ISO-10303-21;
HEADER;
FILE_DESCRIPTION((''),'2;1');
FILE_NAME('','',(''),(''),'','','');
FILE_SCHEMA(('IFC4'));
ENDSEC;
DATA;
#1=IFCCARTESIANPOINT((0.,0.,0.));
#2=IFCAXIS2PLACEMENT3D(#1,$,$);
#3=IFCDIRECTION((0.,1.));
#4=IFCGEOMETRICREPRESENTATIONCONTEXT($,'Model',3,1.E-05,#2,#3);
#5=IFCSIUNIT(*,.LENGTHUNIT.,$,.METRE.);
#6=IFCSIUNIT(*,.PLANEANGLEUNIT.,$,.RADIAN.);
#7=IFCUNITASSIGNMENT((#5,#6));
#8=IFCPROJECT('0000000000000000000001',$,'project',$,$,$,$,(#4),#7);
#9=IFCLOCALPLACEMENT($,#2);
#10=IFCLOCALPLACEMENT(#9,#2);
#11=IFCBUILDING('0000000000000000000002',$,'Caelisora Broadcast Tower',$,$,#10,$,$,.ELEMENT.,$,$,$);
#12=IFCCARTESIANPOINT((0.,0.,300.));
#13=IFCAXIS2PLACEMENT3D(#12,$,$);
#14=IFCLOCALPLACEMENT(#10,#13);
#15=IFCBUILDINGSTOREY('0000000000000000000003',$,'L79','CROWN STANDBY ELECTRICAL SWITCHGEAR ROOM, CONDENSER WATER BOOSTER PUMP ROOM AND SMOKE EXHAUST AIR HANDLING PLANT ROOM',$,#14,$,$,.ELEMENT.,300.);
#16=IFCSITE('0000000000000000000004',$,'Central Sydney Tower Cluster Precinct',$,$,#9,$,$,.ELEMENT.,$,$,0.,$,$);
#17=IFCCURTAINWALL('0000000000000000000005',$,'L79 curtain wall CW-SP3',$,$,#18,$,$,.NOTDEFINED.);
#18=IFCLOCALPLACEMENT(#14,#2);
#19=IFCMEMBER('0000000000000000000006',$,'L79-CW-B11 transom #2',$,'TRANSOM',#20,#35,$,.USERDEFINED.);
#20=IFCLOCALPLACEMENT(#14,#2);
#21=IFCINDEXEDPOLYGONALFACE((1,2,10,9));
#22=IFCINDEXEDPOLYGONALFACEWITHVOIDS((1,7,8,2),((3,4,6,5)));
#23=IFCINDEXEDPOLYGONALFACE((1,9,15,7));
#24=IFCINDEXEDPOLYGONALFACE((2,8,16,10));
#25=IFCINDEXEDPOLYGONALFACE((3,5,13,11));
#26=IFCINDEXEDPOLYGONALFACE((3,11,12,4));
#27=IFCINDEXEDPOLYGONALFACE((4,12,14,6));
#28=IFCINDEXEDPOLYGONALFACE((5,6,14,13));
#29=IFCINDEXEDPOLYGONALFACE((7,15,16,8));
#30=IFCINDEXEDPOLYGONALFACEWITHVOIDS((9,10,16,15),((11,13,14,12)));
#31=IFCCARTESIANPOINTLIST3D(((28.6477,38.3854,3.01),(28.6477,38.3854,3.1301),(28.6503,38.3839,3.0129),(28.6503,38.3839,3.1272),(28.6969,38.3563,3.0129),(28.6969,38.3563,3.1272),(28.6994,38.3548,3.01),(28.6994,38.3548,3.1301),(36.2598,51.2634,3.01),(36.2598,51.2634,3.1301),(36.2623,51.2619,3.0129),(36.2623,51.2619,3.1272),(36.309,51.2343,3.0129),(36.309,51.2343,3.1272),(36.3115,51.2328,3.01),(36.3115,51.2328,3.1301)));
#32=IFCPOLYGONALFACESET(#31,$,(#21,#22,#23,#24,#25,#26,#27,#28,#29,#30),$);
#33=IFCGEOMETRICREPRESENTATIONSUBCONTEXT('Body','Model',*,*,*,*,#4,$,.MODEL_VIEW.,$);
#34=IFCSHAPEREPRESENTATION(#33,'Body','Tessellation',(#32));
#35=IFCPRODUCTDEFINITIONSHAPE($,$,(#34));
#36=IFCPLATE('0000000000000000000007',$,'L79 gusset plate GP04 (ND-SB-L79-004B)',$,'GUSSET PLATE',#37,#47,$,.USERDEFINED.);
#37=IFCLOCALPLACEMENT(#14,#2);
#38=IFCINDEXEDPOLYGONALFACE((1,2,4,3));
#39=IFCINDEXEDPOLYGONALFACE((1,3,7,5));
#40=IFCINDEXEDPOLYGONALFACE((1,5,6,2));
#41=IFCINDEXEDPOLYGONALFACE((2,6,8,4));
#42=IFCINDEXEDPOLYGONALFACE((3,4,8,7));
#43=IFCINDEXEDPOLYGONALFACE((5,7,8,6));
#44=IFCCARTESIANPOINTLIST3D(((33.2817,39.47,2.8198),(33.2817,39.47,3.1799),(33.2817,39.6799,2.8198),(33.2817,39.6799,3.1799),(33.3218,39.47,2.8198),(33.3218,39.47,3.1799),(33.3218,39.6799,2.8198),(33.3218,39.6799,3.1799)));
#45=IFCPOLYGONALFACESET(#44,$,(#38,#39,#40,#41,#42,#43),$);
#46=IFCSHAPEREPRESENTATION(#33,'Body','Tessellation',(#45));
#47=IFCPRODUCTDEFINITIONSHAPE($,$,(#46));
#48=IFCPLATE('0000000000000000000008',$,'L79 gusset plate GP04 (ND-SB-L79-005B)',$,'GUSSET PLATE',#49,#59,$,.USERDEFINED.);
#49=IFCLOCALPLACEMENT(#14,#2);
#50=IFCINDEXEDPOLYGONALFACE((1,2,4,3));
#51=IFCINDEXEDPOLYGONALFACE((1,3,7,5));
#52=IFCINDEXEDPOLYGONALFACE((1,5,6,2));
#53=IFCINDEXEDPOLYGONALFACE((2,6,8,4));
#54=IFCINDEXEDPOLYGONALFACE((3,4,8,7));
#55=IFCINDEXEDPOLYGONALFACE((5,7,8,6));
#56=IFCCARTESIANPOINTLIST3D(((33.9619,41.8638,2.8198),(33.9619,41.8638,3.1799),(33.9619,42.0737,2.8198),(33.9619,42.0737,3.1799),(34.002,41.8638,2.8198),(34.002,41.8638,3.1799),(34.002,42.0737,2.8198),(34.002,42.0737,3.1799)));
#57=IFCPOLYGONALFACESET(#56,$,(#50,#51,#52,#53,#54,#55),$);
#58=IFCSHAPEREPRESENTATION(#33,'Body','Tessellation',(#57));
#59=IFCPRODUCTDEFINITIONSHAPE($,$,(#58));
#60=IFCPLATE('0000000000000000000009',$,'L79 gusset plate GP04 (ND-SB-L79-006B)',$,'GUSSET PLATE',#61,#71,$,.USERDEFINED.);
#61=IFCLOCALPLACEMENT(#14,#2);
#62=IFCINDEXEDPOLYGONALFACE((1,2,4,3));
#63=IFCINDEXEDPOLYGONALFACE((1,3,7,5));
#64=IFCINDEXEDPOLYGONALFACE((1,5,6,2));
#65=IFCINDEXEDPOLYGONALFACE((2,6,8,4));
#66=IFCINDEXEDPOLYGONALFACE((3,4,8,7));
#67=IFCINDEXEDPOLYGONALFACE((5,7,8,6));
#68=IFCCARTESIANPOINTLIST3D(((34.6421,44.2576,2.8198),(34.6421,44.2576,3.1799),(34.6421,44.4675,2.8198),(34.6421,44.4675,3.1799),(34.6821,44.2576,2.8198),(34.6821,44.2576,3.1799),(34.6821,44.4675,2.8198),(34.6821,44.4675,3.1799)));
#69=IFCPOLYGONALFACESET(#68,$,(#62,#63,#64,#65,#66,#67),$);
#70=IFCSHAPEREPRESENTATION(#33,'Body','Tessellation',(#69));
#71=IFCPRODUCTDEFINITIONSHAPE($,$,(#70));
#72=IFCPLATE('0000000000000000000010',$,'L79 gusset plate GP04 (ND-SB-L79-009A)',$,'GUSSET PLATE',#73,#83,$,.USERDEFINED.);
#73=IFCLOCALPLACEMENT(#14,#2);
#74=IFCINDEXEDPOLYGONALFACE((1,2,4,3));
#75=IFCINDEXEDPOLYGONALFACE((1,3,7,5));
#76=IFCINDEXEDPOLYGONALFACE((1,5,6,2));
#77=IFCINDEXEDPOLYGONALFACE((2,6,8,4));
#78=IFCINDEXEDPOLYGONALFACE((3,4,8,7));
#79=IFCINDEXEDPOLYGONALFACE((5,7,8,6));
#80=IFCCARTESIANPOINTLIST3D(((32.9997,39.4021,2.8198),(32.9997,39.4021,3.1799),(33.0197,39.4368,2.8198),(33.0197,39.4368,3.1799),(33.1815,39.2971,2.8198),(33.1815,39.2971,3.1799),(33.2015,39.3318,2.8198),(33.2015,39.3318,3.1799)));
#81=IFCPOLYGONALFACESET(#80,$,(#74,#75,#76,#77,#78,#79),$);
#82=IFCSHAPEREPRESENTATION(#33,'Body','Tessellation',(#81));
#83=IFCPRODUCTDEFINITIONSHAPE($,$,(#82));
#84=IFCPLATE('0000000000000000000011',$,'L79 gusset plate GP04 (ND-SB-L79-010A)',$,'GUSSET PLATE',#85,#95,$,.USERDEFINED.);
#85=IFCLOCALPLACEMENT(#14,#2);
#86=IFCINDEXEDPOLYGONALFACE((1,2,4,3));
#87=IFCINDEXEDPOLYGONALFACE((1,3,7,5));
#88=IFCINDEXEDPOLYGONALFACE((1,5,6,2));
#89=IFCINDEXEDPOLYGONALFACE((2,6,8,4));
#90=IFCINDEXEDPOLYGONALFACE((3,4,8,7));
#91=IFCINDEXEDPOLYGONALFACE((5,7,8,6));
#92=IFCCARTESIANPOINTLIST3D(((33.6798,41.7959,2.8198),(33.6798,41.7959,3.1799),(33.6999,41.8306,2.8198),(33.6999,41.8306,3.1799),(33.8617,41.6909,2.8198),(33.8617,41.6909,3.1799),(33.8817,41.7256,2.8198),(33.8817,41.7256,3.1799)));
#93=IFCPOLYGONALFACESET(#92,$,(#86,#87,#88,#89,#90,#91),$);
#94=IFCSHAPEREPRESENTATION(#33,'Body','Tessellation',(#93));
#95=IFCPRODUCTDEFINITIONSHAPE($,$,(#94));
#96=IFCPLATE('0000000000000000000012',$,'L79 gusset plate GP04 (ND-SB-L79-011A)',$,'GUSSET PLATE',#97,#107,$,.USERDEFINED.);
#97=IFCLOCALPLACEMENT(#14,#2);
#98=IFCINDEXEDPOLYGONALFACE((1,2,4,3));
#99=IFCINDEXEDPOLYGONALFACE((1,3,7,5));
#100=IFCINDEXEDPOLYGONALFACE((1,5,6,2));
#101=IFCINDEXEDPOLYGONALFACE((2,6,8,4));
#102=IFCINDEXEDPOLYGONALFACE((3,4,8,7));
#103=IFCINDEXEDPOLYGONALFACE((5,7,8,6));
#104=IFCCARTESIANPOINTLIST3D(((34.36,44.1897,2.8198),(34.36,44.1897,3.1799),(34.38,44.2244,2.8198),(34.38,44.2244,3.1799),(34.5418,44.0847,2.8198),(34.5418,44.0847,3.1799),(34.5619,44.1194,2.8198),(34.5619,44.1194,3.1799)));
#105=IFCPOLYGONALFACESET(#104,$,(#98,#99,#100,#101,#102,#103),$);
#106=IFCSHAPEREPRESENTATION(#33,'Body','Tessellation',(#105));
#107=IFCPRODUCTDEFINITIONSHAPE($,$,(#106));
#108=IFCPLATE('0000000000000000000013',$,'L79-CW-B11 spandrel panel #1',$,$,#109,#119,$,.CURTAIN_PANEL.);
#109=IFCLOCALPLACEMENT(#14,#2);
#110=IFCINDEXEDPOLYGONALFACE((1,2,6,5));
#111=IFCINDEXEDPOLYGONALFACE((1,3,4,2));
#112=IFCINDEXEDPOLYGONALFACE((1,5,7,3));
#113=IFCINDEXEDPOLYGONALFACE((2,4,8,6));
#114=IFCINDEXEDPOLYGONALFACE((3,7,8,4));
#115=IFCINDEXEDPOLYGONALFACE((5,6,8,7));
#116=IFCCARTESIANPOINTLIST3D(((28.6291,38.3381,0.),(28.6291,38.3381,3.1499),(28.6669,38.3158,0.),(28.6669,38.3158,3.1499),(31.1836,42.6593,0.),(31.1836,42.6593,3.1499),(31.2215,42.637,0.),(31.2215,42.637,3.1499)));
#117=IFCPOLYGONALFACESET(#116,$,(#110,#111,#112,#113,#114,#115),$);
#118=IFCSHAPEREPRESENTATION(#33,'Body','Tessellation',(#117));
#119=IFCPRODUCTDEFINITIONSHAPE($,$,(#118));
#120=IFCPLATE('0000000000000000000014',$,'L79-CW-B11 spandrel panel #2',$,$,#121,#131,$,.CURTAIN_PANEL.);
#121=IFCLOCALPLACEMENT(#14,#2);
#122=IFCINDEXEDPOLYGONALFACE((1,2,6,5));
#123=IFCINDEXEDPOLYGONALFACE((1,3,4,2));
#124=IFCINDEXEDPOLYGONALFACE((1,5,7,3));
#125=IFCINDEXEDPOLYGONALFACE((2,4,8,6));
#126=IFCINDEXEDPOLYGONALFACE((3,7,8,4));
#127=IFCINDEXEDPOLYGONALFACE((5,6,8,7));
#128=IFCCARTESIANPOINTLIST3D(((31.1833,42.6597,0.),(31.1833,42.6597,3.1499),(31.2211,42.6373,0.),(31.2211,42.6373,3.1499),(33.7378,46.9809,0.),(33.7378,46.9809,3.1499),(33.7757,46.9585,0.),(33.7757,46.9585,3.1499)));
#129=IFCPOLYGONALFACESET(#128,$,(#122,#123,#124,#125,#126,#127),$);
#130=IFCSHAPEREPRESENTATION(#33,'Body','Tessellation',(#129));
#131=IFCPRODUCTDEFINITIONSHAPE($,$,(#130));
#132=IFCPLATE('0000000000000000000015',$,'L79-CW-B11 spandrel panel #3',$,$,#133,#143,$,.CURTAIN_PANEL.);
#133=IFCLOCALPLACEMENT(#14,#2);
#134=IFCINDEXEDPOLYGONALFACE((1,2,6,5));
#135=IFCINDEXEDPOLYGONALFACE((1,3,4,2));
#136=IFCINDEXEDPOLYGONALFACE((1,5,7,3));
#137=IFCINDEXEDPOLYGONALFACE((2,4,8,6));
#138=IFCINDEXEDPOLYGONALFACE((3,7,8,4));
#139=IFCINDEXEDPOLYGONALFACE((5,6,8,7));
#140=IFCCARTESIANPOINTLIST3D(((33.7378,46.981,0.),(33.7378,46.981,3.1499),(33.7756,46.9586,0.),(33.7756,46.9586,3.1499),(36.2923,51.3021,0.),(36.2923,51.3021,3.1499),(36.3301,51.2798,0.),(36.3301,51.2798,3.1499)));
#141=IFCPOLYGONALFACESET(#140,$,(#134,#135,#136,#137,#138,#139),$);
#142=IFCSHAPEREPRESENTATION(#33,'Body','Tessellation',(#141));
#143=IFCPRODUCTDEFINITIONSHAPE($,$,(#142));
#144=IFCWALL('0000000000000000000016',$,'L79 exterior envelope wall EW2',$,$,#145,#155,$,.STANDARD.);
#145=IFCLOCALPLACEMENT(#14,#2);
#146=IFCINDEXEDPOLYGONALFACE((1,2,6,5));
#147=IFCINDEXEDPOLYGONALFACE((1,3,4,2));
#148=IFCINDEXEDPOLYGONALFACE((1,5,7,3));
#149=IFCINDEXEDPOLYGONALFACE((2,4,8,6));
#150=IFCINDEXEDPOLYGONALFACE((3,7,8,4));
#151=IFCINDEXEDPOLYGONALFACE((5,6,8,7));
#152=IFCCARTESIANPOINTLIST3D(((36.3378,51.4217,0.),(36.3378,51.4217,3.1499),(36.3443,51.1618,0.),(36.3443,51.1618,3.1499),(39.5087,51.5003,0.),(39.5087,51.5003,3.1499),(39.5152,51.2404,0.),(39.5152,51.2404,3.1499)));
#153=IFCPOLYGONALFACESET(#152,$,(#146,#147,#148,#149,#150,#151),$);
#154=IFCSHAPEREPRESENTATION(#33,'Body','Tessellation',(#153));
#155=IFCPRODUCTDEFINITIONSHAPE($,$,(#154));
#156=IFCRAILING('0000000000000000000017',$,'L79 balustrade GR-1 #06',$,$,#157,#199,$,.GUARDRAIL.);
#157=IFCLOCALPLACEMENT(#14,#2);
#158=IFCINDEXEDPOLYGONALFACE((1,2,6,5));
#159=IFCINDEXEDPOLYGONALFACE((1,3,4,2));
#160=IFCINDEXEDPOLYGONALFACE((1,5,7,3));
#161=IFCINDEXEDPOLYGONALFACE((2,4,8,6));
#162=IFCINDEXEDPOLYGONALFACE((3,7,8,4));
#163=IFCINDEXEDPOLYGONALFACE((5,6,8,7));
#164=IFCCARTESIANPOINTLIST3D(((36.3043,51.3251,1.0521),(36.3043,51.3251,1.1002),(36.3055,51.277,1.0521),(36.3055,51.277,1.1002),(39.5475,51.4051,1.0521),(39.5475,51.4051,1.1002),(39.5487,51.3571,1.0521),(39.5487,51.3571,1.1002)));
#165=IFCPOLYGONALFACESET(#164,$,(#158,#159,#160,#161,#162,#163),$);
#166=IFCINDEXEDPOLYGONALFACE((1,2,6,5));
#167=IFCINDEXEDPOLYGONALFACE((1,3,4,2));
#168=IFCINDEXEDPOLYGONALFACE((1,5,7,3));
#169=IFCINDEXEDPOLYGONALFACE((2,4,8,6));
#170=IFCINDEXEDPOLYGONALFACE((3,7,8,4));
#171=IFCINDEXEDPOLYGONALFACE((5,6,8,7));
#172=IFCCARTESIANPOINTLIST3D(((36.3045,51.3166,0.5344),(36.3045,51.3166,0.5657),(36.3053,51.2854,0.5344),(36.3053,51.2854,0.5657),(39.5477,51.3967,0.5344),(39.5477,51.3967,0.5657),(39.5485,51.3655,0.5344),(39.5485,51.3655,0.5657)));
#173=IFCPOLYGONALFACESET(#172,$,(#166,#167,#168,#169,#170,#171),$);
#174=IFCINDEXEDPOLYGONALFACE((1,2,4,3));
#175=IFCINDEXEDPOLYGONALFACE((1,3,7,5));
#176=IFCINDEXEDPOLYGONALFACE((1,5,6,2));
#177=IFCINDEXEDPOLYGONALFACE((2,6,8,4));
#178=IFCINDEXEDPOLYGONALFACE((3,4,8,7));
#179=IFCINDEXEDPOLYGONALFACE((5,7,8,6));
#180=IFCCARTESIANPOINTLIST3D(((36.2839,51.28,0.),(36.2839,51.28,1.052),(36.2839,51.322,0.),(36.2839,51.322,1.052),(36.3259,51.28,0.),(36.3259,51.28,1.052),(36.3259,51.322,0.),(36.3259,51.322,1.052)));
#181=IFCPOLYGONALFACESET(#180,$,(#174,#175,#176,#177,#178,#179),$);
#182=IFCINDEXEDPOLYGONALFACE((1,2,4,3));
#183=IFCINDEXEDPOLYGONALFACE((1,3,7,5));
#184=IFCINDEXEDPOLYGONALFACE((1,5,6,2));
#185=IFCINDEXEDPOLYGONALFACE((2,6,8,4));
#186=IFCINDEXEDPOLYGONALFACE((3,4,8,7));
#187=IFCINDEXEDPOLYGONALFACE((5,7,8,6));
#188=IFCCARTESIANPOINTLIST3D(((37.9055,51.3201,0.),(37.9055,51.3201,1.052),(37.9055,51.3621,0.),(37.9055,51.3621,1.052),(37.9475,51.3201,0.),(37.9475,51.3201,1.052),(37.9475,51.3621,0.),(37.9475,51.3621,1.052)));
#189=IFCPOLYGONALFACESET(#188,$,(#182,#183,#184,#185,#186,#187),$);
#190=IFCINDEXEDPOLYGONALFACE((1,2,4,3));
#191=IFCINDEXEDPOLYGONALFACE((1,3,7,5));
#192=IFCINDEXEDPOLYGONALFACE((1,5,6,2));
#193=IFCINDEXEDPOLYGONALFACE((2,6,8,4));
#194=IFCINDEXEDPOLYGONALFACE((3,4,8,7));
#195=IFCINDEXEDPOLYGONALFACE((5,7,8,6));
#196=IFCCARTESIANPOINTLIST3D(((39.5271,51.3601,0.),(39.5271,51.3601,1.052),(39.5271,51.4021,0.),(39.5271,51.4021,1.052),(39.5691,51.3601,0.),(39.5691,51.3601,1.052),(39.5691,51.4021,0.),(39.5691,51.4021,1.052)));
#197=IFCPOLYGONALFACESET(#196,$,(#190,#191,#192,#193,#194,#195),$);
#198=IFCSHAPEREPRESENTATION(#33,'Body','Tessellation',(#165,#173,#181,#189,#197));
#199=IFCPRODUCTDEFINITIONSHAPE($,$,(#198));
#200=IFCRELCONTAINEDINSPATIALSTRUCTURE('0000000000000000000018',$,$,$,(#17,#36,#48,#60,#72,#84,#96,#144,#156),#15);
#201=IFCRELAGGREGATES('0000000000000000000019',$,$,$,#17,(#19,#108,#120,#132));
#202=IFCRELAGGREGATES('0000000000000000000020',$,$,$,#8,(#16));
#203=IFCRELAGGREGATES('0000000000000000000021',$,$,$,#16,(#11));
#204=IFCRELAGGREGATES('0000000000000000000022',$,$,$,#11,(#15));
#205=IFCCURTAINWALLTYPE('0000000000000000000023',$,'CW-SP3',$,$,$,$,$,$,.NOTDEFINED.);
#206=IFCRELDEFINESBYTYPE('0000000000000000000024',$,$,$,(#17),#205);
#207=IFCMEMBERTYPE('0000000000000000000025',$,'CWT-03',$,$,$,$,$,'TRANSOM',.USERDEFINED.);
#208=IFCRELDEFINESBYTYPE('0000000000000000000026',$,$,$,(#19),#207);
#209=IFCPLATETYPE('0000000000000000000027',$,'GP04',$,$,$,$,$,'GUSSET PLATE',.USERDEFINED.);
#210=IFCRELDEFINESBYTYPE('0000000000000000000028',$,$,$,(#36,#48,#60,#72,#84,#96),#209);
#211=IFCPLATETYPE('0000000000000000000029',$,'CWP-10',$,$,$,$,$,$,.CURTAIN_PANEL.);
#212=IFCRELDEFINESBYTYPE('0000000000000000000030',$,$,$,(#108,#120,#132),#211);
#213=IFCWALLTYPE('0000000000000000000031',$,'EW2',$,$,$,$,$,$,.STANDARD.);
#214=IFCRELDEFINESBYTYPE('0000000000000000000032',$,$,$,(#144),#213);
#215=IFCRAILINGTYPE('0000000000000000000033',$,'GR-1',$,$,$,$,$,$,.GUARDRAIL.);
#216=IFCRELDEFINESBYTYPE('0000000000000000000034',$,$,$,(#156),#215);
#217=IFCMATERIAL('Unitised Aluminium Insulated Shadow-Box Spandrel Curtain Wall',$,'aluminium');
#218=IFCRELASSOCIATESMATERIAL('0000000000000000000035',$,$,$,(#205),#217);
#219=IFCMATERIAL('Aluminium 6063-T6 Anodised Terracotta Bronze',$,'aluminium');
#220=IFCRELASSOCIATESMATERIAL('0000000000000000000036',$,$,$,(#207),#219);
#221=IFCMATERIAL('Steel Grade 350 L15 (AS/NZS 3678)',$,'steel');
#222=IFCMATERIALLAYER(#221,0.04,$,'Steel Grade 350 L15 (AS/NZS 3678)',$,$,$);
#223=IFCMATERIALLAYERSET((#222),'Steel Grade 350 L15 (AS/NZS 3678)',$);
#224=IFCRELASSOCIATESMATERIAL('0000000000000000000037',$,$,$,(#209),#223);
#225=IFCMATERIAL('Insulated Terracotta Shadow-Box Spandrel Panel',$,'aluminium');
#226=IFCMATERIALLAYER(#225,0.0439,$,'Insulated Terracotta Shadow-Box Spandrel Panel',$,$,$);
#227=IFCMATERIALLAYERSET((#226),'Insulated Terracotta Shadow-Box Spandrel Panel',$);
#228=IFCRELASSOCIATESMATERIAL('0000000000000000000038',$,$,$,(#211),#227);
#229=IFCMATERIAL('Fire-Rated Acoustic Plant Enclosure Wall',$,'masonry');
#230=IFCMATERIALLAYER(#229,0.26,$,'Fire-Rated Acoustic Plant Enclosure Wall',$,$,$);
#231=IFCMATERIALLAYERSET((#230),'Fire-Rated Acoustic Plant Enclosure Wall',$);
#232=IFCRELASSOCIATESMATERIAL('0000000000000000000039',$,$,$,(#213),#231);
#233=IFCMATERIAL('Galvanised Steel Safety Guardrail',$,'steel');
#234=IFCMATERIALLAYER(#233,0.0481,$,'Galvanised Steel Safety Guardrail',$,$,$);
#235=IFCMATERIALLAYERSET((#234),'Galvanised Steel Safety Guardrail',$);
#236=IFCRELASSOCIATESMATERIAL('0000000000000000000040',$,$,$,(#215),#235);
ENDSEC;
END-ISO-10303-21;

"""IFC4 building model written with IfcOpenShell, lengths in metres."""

from ifc_helpers import new_model, si_unit, direction, frame, frame_2d, origin, origin_2d, place, context, subcontext, project, spatial, rectangle, hollow_rectangle, extrude, source, transform, mapped, material, layer, layer_set, material_profile, profile_set, type_object, type_shapes, element, aggregate, save


model = new_model("IFC4")

# Units and contexts
model_context = context("Model", 3, precision=1e-05, world=origin(), true_north=direction((0.0, 1.0)))
body_context = subcontext(model_context, "Body", "Model", "MODEL_VIEW")
ifc_project = project(units=[si_unit("LENGTHUNIT", "METRE"), si_unit("PLANEANGLEUNIT", "RADIAN")], contexts=[model_context])

# Site, building, storey
site_placement = place(None, origin())
site = spatial("IfcSite", under=ifc_project, at=site_placement, Name="Central Sydney Tower Cluster Precinct", CompositionType="ELEMENT", RefElevation=0.0)
building_placement = place(site_placement, origin())
building = spatial("IfcBuilding", under=site, at=building_placement, Name="Caelisora Broadcast Tower", CompositionType="ELEMENT")
storey_placement = place(building_placement, frame((0.0, 0.0, 300.0)))
storey = spatial("IfcBuildingStorey", under=building, at=storey_placement, Name="L79", Description="CROWN STANDBY ELECTRICAL SWITCHGEAR ROOM, CONDENSER WATER BOOSTER PUMP ROOM AND SMOKE EXHAUST AIR HANDLING PLANT ROOM", CompositionType="ELEMENT", Elevation=300.0)

# Curtain wall, member
ifc_material_1 = material(Name="Unitised Aluminium Insulated Shadow-Box Spandrel Curtain Wall", Category="aluminium")
curtain_wall_type = type_object("IfcCurtainWallType", Name="CW-SP3", PredefinedType="NOTDEFINED", material=ifc_material_1)
curtain_wall_placement = place(storey_placement, origin())
curtain_wall = element("IfcCurtainWall", 1, at=curtain_wall_placement, inside=storey, type_object=curtain_wall_type, Name="L79 curtain wall CW-SP3", PredefinedType="NOTDEFINED")
ifc_material_2 = material(Name="Aluminium 6063-T6 Anodised Terracotta Bronze", Category="aluminium")
ifc_material_profile_1 = material_profile(ifc_material_2, hollow_rectangle(XDim=0.0601, YDim=0.1201, WallThickness=0.0029, at=origin_2d()), Name="Aluminium 6063-T6 Anodised Terracotta Bronze")
ifc_profile_set_1 = profile_set([ifc_material_profile_1], Name="Aluminium 6063-T6 Anodised Terracotta Bronze")
member_type_1 = type_object("IfcMemberType", Name="CWT-03", ElementType="TRANSOM", PredefinedType="USERDEFINED", material=ifc_profile_set_1)
shared_shape_1 = source(origin(), body_context, "Body", "SweptSolid", [
    extrude(hollow_rectangle(XDim=0.0601, YDim=0.1201, WallThickness=0.0029, at=origin_2d()), origin(), (0.0, 0.0, 1.0), 14.9595),
])
type_shapes(member_type_1, [shared_shape_1])
member_1_placement = place(storey_placement, frame((28.6736, 38.3701, 3.0701), z_axis=(0.508847, 0.860857, 0.0), x_axis=(-0.860857, 0.508847, 0.0)))
member_1 = element("IfcMember", 2, at=member_1_placement, type_object=member_type_1, Name="L79-CW-B11 transom #2", ObjectType="TRANSOM", PredefinedType="USERDEFINED", context=body_context, shape_type="MappedRepresentation", body=[
    mapped(shared_shape_1, transform((0.0, 0.0, 0.0), scale=1.0)),
])

# Plates
ifc_material_3 = material(Name="Steel Grade 350 L15 (AS/NZS 3678)", Category="steel")
ifc_layer_1 = layer(ifc_material_3, 0.04, Name="Steel Grade 350 L15 (AS/NZS 3678)")
ifc_layer_set_1 = layer_set([ifc_layer_1], Name="Steel Grade 350 L15 (AS/NZS 3678)")
plate_type_1 = type_object("IfcPlateType", Name="GP04", ElementType="GUSSET PLATE", PredefinedType="USERDEFINED", material=ifc_layer_set_1)
shared_shape_2 = source(origin(), body_context, "Body", "SweptSolid", [
    extrude(rectangle(XDim=0.21, YDim=0.04, at=origin_2d()), origin(), (0.0, 0.0, 1.0), 0.3601),
])
type_shapes(plate_type_1, [shared_shape_2])
for number, where, z_axis, x_axis, name in (
    (3, (33.3018, 39.575, 2.8198), (0.0, 0.0, 1.0), (0.0, -1.0, 0.0), "L79 gusset plate GP04 (ND-SB-L79-004B)"),
    (4, (33.9819, 41.9688, 2.8198), (0.0, 0.0, 1.0), (0.0, -1.0, 0.0), "L79 gusset plate GP04 (ND-SB-L79-005B)"),
    (5, (34.6621, 44.3625, 2.8198), (0.0, 0.0, 1.0), (0.0, -1.0, 0.0), "L79 gusset plate GP04 (ND-SB-L79-006B)"),
    (6, (33.1006, 39.3669, 2.8198), (0.0, 0.0, 1.0), (0.866025, -0.5, 0.0), "L79 gusset plate GP04 (ND-SB-L79-009A)"),
    (7, (33.7808, 41.7607, 2.8198), (0.0, 0.0, 1.0), (0.866025, -0.5, 0.0), "L79 gusset plate GP04 (ND-SB-L79-010A)"),
    (8, (34.4609, 44.1545, 2.8198), (0.0, 0.0, 1.0), (0.866025, -0.5, 0.0), "L79 gusset plate GP04 (ND-SB-L79-011A)"),
):
    element("IfcPlate", number, at=place(storey_placement, frame(where, z_axis=z_axis, x_axis=x_axis)), inside=storey, type_object=plate_type_1, Name=name, ObjectType="GUSSET PLATE", PredefinedType="USERDEFINED", context=body_context, shape_type="MappedRepresentation", body=[
        mapped(shared_shape_2, transform((0.0, 0.0, 0.0), scale=1.0)),
    ])

# Plates
ifc_material_4 = material(Name="Insulated Terracotta Shadow-Box Spandrel Panel", Category="aluminium")
ifc_layer_2 = layer(ifc_material_4, 0.0439, Name="Insulated Terracotta Shadow-Box Spandrel Panel")
ifc_layer_set_2 = layer_set([ifc_layer_2], Name="Insulated Terracotta Shadow-Box Spandrel Panel")
plate_type_2 = type_object("IfcPlateType", Name="CWP-10", PredefinedType="CURTAIN_PANEL", material=ifc_layer_set_2)
shared_shape_3 = source(origin(), body_context, "Body", "SweptSolid", [
    extrude(rectangle(XDim=5.0198, YDim=0.0439, at=origin_2d()), origin(), (0.0, 0.0, 1.0), 3.1499),
])
type_shapes(plate_type_2, [shared_shape_3])
plate_1_placement = place(storey_placement, frame((29.9253, 40.4875, 0.0), z_axis=(0.0, 0.0, 1.0), x_axis=(0.508891, 0.860831, 0.0)))
plate_1 = element("IfcPlate", 9, at=plate_1_placement, type_object=plate_type_2, Name="L79-CW-B11 spandrel panel #1", PredefinedType="CURTAIN_PANEL", context=body_context, shape_type="MappedRepresentation", body=[
    mapped(shared_shape_3, transform((0.0, 0.0, 0.0), scale=1.0)),
])
plate_2_placement = place(storey_placement, frame((32.4795, 44.8091, 0.0), z_axis=(0.0, 0.0, 1.0), x_axis=(0.508891, 0.860831, 0.0)))
plate_2 = element("IfcPlate", 10, at=plate_2_placement, type_object=plate_type_2, Name="L79-CW-B11 spandrel panel #2", PredefinedType="CURTAIN_PANEL", context=body_context, shape_type="MappedRepresentation", body=[
    mapped(shared_shape_3, transform((0.0, 0.0, 0.0), scale=1.0)),
])
plate_3_placement = place(storey_placement, frame((35.0339, 49.1304, 0.0), z_axis=(0.0, 0.0, 1.0), x_axis=(0.508891, 0.860831, 0.0)))
plate_3 = element("IfcPlate", 11, at=plate_3_placement, type_object=plate_type_2, Name="L79-CW-B11 spandrel panel #3", PredefinedType="CURTAIN_PANEL", context=body_context, shape_type="MappedRepresentation", body=[
    mapped(shared_shape_3, transform((0.0, 0.0, 0.0), scale=1.0)),
])
aggregate(curtain_wall, [member_1, plate_1, plate_2, plate_3])

# Wall
ifc_material_5 = material(Name="Fire-Rated Acoustic Plant Enclosure Wall", Category="masonry")
ifc_layer_3 = layer(ifc_material_5, 0.26, Name="Fire-Rated Acoustic Plant Enclosure Wall")
ifc_layer_set_3 = layer_set([ifc_layer_3], Name="Fire-Rated Acoustic Plant Enclosure Wall")
wall_type = type_object("IfcWallType", Name="EW2", PredefinedType="STANDARD", material=ifc_layer_set_3)
wall_placement = place(storey_placement, frame((36.3411, 51.2917, 0.0), z_axis=(0.0, 0.0, 1.0), x_axis=(0.999693, 0.024785, 0.0)))
element("IfcWall", 12, at=wall_placement, inside=storey, type_object=wall_type, Name="L79 exterior envelope wall EW2", PredefinedType="STANDARD", context=body_context, shape_type="SweptSolid", body=[
    extrude(rectangle(XDim=3.1719, YDim=0.26, at=frame_2d((1.5859, 0.0))), origin(), (0.0, 0.0, 1.0), 3.1499),
])

# Railing
ifc_material_6 = material(Name="Galvanised Steel Safety Guardrail", Category="steel")
ifc_layer_4 = layer(ifc_material_6, 0.0481, Name="Galvanised Steel Safety Guardrail")
ifc_layer_set_4 = layer_set([ifc_layer_4], Name="Galvanised Steel Safety Guardrail")
railing_type = type_object("IfcRailingType", Name="GR-1", PredefinedType="GUARDRAIL", material=ifc_layer_set_4)
railing_placement = place(storey_placement, frame((36.3049, 51.301, 0.0)))
element("IfcRailing", 13, at=railing_placement, inside=storey, type_object=railing_type, Name="L79 balustrade GR-1 #06", PredefinedType="GUARDRAIL", context=body_context, shape_type="SweptSolid", body=[
    extrude(rectangle(XDim=0.0481, YDim=0.0481, at=origin_2d()), frame((0.0, 0.0, 1.0762), z_axis=(0.999695, 0.024684, 0.0), x_axis=(-0.024684, 0.999695, 0.0)), (0.0, 0.0, 1.0), 3.2441),
    extrude(rectangle(XDim=0.0312, YDim=0.0312, at=origin_2d()), frame((0.0, 0.0, 0.55), z_axis=(0.999695, 0.024684, 0.0), x_axis=(-0.024684, 0.999695, 0.0)), (0.0, 0.0, 1.0), 3.2441),
    extrude(rectangle(XDim=0.042, YDim=0.042, at=origin_2d()), origin(), (0.0, 0.0, 1.0), 1.052),
    extrude(rectangle(XDim=0.042, YDim=0.042, at=origin_2d()), frame((1.6216, 0.04, 0.0)), (0.0, 0.0, 1.0), 1.052),
    extrude(rectangle(XDim=0.042, YDim=0.042, at=origin_2d()), frame((3.2432, 0.0801, 0.0)), (0.0, 0.0, 1.0), 1.052),
])

save(model, "model.ifc")
